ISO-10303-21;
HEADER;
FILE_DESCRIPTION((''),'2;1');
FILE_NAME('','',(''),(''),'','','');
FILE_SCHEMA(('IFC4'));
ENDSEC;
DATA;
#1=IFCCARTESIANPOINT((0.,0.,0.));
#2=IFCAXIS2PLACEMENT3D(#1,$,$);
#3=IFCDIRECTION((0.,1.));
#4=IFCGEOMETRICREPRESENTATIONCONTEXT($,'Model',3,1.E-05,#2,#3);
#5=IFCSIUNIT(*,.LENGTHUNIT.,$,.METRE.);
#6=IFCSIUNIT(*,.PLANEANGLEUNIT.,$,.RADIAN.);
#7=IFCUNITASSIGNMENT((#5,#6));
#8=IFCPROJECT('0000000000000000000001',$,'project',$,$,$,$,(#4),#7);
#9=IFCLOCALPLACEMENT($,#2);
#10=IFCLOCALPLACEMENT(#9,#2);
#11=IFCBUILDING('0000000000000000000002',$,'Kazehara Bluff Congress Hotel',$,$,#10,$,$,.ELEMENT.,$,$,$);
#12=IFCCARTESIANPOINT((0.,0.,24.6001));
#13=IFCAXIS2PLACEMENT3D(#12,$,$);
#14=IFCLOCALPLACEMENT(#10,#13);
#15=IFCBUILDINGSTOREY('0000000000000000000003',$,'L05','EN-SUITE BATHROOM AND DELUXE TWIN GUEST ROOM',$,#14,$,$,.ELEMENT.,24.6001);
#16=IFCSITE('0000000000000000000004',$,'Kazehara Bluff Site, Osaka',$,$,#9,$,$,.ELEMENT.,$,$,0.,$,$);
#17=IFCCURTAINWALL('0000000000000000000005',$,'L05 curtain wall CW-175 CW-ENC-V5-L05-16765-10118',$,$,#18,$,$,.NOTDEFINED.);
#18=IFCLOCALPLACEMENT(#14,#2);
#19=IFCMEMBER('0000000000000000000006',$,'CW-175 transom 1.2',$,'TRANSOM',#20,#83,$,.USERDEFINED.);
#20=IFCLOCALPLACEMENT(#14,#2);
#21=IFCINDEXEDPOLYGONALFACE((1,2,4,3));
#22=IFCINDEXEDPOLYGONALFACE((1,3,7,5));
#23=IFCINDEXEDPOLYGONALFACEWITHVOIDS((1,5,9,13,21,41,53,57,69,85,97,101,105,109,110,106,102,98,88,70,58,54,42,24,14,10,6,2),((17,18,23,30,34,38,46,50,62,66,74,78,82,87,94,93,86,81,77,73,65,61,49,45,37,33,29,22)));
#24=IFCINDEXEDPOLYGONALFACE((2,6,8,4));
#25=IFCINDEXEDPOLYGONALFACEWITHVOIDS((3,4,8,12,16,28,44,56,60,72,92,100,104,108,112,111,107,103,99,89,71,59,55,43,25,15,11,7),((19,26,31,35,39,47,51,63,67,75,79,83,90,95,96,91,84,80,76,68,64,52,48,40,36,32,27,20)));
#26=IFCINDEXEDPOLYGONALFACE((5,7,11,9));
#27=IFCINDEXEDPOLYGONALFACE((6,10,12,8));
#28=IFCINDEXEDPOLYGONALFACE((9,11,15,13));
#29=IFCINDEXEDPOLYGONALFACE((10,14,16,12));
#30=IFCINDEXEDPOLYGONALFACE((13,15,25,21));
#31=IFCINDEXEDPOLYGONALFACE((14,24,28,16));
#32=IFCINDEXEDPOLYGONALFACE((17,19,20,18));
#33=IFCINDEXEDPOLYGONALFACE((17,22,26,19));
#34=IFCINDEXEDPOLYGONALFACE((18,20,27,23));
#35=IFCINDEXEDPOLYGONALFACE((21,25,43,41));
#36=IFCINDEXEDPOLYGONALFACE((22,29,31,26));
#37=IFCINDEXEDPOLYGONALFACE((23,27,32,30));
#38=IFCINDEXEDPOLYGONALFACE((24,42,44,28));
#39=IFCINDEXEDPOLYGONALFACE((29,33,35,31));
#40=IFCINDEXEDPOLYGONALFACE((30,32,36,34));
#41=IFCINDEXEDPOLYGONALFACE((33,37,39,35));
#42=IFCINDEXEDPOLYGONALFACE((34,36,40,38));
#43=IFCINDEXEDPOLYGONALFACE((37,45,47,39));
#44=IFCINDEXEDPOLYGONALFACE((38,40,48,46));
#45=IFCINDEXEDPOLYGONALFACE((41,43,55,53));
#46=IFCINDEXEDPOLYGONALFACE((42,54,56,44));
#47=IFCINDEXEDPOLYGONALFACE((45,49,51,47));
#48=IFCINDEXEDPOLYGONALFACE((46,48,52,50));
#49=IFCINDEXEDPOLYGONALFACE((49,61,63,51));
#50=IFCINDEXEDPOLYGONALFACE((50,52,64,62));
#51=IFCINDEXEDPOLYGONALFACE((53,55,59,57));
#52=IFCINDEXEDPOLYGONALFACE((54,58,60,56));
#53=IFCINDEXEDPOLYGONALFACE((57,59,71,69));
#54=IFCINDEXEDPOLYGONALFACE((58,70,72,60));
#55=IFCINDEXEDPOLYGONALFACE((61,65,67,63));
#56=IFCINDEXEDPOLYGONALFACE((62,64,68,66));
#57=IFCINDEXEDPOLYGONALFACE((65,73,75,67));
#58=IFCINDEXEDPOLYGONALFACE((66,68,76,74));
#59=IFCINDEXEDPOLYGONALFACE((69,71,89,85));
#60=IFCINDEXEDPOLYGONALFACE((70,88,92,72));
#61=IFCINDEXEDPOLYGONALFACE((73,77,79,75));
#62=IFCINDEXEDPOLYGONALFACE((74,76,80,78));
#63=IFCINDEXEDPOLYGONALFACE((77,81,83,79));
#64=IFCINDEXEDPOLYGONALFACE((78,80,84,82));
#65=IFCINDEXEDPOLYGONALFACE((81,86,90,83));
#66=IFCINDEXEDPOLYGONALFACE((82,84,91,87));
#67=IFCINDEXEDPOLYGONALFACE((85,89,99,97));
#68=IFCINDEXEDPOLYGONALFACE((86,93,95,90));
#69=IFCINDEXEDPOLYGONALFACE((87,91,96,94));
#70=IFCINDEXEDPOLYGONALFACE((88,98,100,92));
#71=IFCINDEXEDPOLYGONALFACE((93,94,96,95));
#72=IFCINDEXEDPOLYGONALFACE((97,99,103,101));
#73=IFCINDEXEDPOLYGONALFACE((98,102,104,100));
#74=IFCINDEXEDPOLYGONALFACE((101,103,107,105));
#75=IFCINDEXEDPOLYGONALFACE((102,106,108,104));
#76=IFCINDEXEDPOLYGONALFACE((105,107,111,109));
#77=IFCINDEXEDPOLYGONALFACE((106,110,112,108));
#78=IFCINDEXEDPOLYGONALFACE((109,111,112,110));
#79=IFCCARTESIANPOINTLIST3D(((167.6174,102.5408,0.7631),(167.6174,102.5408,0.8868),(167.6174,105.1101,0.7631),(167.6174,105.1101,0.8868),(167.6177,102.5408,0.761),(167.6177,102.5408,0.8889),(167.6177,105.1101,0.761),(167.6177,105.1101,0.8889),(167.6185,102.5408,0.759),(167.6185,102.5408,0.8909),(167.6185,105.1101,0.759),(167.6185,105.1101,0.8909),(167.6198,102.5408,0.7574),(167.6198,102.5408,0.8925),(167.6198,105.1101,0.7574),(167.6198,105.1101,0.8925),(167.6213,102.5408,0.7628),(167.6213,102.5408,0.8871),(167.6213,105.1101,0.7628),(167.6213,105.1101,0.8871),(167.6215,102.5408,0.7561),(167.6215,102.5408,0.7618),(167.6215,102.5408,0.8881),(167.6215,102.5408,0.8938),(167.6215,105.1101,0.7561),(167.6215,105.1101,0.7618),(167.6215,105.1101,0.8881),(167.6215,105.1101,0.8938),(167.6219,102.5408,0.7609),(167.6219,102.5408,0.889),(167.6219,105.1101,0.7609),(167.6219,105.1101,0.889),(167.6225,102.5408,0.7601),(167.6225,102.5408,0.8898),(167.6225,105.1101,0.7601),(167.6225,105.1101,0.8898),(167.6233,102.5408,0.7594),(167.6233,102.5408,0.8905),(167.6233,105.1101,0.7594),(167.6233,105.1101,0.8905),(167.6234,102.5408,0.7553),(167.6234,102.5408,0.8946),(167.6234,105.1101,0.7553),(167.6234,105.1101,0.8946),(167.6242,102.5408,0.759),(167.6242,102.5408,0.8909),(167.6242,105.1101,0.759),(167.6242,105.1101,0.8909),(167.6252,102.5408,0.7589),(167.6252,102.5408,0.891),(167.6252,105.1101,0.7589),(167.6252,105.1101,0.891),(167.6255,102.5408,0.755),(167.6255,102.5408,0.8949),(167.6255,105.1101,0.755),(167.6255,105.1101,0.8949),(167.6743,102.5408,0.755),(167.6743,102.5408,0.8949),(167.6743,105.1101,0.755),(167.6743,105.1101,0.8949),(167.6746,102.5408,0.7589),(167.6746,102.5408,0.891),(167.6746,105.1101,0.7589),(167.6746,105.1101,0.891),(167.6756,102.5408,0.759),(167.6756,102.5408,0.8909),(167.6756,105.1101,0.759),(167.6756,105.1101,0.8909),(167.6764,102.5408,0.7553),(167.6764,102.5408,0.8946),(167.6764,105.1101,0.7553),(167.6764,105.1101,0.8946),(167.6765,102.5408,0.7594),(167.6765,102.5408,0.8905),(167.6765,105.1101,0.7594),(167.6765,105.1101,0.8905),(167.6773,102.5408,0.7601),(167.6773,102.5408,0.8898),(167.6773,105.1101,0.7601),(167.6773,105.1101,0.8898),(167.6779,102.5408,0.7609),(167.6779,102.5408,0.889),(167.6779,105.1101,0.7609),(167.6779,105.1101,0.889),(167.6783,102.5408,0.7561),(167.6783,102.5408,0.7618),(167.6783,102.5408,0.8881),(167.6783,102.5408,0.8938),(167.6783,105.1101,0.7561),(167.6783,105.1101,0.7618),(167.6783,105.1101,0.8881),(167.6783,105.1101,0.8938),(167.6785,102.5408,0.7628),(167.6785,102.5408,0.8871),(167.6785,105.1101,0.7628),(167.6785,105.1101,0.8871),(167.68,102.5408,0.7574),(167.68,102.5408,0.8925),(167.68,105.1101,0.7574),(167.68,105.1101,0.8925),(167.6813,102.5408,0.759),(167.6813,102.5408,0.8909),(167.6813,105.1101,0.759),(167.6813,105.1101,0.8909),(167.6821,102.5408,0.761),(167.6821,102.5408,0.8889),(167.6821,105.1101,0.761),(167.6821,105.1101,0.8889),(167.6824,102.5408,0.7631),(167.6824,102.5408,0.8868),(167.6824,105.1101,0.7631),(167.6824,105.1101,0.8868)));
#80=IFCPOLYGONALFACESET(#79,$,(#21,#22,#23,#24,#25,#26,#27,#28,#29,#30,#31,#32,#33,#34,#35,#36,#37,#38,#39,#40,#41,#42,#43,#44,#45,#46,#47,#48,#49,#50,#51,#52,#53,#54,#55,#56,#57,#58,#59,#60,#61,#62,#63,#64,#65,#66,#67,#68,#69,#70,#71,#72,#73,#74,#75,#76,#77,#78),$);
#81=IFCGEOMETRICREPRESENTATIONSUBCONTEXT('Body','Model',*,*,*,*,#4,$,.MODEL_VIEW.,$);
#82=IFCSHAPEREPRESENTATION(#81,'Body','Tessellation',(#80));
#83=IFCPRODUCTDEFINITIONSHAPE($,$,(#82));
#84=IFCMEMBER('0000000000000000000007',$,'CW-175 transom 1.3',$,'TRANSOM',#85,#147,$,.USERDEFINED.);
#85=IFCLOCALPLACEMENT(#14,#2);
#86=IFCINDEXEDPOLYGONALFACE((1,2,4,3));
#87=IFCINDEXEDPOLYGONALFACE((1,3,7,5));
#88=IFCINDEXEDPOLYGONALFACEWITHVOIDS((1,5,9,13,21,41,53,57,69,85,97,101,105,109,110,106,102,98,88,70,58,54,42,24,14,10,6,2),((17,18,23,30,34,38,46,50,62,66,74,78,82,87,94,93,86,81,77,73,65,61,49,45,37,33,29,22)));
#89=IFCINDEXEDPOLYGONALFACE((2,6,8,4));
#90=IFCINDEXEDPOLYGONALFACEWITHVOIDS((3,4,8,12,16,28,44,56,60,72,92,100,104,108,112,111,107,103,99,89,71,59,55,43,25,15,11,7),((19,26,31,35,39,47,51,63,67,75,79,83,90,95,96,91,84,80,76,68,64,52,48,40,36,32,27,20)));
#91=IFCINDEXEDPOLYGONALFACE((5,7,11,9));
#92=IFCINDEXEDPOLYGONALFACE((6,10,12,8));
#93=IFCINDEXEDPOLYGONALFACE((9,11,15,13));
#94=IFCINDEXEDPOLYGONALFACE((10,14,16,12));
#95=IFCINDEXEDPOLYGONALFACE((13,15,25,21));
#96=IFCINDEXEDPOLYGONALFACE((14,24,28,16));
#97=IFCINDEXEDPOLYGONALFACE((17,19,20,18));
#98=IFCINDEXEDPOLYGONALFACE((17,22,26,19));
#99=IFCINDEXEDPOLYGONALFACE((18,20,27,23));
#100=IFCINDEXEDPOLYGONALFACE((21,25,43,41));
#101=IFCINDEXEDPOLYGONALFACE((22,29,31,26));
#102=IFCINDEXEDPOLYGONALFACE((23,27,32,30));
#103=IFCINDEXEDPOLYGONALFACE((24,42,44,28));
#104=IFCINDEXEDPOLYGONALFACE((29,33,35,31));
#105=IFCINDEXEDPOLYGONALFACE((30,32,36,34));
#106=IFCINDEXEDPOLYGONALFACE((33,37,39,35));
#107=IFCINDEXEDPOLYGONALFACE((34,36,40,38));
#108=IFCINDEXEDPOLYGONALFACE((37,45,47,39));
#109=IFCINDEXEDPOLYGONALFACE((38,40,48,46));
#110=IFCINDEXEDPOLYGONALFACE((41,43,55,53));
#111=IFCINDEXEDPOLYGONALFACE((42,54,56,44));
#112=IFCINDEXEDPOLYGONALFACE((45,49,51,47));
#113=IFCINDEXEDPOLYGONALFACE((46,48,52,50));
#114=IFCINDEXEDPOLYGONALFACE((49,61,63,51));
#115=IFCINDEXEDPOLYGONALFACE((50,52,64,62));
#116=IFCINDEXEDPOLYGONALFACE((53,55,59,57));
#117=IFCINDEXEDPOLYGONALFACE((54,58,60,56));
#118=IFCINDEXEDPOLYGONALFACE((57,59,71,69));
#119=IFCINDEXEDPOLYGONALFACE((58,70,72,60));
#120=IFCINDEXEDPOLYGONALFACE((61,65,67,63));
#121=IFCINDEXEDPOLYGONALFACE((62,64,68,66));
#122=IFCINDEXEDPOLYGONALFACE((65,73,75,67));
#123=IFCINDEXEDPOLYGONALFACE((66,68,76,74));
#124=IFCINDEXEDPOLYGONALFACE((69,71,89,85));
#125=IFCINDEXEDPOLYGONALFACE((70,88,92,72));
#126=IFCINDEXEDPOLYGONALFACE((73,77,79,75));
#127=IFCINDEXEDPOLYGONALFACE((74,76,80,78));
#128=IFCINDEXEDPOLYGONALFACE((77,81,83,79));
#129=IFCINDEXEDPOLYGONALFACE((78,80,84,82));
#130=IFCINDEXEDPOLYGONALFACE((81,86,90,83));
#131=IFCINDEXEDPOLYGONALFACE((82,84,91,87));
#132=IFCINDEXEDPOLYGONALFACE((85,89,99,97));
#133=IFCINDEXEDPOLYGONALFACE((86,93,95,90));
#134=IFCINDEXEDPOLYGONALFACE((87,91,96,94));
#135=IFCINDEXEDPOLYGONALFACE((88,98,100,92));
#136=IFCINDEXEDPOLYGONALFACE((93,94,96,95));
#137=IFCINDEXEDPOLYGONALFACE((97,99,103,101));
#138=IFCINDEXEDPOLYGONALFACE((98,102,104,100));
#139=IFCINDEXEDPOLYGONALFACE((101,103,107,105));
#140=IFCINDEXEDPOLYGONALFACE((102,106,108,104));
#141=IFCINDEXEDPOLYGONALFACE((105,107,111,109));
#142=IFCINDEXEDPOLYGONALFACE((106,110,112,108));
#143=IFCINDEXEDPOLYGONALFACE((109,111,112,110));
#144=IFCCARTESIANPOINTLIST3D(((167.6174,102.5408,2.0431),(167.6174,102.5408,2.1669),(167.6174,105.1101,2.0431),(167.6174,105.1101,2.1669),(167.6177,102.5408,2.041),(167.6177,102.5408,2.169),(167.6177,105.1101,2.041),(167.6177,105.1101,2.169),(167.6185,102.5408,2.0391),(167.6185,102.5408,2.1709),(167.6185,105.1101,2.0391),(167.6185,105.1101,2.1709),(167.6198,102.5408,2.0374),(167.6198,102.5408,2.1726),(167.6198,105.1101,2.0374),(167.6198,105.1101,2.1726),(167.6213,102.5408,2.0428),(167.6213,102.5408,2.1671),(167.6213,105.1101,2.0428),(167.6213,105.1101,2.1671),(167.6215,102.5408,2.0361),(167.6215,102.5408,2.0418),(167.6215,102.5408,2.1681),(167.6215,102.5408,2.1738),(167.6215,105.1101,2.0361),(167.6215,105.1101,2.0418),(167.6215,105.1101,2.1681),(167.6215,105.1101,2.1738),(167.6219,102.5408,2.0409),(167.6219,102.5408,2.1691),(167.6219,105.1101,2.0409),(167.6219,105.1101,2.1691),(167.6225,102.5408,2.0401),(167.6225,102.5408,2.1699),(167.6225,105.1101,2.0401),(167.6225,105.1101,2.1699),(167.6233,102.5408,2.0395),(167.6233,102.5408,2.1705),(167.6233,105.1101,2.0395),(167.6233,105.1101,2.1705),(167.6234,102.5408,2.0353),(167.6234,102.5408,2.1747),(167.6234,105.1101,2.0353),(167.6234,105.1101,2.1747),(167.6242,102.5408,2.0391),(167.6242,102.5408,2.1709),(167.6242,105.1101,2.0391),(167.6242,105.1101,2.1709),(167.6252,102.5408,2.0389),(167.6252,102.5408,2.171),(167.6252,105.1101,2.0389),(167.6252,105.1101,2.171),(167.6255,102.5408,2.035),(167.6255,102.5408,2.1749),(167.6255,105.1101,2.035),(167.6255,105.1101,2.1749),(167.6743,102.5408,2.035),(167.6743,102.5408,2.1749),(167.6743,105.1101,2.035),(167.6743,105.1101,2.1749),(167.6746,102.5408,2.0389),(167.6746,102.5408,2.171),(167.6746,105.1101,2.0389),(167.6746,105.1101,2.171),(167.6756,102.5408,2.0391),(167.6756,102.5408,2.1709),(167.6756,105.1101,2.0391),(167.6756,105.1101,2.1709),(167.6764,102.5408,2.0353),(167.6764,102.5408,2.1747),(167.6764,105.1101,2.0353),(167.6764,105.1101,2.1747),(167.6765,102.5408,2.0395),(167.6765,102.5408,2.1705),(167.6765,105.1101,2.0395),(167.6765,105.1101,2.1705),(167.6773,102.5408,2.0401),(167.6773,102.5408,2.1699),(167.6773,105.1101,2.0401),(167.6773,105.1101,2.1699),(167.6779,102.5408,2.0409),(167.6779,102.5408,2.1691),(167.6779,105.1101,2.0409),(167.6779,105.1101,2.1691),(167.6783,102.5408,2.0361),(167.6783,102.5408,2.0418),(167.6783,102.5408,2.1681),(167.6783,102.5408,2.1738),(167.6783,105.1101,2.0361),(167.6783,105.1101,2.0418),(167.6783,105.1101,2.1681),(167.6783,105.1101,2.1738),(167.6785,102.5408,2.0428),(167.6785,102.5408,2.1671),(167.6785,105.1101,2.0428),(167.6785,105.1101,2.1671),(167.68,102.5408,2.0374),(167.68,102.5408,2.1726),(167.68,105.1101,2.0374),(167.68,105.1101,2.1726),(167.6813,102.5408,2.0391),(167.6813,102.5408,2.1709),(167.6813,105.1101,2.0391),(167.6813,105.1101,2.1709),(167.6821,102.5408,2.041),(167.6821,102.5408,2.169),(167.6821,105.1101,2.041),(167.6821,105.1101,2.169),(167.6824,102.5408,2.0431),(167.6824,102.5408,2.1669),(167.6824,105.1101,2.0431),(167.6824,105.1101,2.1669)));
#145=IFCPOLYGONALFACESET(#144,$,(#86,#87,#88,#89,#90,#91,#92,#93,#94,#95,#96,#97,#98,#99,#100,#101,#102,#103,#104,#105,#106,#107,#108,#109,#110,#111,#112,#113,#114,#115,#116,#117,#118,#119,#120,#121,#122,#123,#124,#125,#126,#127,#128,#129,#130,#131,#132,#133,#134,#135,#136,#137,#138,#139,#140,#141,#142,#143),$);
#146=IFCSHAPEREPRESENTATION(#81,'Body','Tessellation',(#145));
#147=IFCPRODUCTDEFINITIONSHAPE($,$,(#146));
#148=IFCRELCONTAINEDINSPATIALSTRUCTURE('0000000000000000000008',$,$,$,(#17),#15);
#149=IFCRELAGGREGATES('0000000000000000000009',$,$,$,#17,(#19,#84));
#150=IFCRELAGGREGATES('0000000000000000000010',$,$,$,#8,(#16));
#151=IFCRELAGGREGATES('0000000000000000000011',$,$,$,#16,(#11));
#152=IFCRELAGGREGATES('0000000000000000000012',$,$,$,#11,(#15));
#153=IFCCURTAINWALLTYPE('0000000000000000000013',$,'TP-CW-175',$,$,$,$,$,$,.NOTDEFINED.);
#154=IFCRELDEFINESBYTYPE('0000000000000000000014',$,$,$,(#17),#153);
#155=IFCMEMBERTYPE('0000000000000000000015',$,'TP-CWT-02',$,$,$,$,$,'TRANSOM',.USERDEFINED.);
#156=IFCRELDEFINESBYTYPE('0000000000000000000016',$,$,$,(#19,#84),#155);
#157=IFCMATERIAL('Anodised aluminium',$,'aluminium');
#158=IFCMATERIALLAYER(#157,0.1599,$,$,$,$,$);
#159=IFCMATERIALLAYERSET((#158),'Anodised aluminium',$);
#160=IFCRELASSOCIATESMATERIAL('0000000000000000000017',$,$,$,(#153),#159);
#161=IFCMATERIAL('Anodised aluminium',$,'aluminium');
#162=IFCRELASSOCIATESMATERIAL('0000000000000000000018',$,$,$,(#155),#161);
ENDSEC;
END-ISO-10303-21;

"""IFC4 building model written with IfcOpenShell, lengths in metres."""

from ifc_helpers import new_model, si_unit, direction, frame, origin, origin_2d, place, context, subcontext, project, spatial, hollow_rectangle, extrude, material, layer, layer_set, material_profile, profile_set, type_object, element, aggregate, save


model = new_model("IFC4")

# Units and contexts
model_context = context("Model", 3, precision=1e-05, world=origin(), true_north=direction((0.0, 1.0)))
body_context = subcontext(model_context, "Body", "Model", "MODEL_VIEW")
ifc_project = project(units=[si_unit("LENGTHUNIT", "METRE"), si_unit("PLANEANGLEUNIT", "RADIAN")], contexts=[model_context])

# Site, building, storey
site_placement = place(None, origin())
site = spatial("IfcSite", under=ifc_project, at=site_placement, Name="Kazehara Bluff Site, Osaka", CompositionType="ELEMENT", RefElevation=0.0)
building_placement = place(site_placement, origin())
building = spatial("IfcBuilding", under=site, at=building_placement, Name="Kazehara Bluff Congress Hotel", CompositionType="ELEMENT")
storey_placement = place(building_placement, frame((0.0, 0.0, 24.6001)))
storey = spatial("IfcBuildingStorey", under=building, at=storey_placement, Name="L05", Description="EN-SUITE BATHROOM AND DELUXE TWIN GUEST ROOM", CompositionType="ELEMENT", Elevation=24.6001)

# Curtain wall
ifc_material_1 = material(Name="Anodised aluminium", Category="aluminium")
ifc_layer_1 = layer(ifc_material_1, 0.1599)
ifc_layer_set_1 = layer_set([ifc_layer_1], Name="Anodised aluminium")
curtain_wall_type_1 = type_object("IfcCurtainWallType", Name="TP-CW-175", PredefinedType="NOTDEFINED", material=ifc_layer_set_1)
curtain_wall_1_placement = place(storey_placement, origin())
curtain_wall_1 = element("IfcCurtainWall", 1, at=curtain_wall_1_placement, inside=storey, type_object=curtain_wall_type_1, Name="L05 curtain wall CW-175 CW-ENC-V5-L05-16765-10118", PredefinedType="NOTDEFINED")

# Members
ifc_material_2 = material(Name="Anodised aluminium", Category="aluminium")
ifc_material_profile_1 = material_profile(ifc_material_2, hollow_rectangle(XDim=0.0649, YDim=0.1399, WallThickness=0.0039, InnerFilletRadius=0.0039, OuterFilletRadius=0.0081, at=origin_2d()))
ifc_profile_set_1 = profile_set([ifc_material_profile_1], Name="Anodised aluminium")
member_type_1 = type_object("IfcMemberType", Name="TP-CWT-02", ElementType="TRANSOM", PredefinedType="USERDEFINED", material=ifc_profile_set_1)
member_1_placement = place(storey_placement, frame((167.6499, 105.1101, 0.825), z_axis=(0.0, -1.0, 0.0), x_axis=(1.0, 0.0, 0.0)))
member_1 = element("IfcMember", 2, at=member_1_placement, type_object=member_type_1, Name="CW-175 transom 1.2", ObjectType="TRANSOM", PredefinedType="USERDEFINED", context=body_context, shape_type="SweptSolid", body=[
    extrude(hollow_rectangle(XDim=0.0649, YDim=0.1399, WallThickness=0.0039, InnerFilletRadius=0.0039, OuterFilletRadius=0.0081, at=origin_2d()), origin(), (0.0, 0.0, 1.0), 2.5693),
])
member_2_placement = place(storey_placement, frame((167.6499, 105.1101, 2.105), z_axis=(0.0, -1.0, 0.0), x_axis=(1.0, 0.0, 0.0)))
member_2 = element("IfcMember", 3, at=member_2_placement, type_object=member_type_1, Name="CW-175 transom 1.3", ObjectType="TRANSOM", PredefinedType="USERDEFINED", context=body_context, shape_type="SweptSolid", body=[
    extrude(hollow_rectangle(XDim=0.0649, YDim=0.1399, WallThickness=0.0039, InnerFilletRadius=0.0039, OuterFilletRadius=0.0081, at=origin_2d()), origin(), (0.0, 0.0, 1.0), 2.5693),
])
aggregate(curtain_wall_1, [member_1, member_2])

save(model, "model.ifc")
